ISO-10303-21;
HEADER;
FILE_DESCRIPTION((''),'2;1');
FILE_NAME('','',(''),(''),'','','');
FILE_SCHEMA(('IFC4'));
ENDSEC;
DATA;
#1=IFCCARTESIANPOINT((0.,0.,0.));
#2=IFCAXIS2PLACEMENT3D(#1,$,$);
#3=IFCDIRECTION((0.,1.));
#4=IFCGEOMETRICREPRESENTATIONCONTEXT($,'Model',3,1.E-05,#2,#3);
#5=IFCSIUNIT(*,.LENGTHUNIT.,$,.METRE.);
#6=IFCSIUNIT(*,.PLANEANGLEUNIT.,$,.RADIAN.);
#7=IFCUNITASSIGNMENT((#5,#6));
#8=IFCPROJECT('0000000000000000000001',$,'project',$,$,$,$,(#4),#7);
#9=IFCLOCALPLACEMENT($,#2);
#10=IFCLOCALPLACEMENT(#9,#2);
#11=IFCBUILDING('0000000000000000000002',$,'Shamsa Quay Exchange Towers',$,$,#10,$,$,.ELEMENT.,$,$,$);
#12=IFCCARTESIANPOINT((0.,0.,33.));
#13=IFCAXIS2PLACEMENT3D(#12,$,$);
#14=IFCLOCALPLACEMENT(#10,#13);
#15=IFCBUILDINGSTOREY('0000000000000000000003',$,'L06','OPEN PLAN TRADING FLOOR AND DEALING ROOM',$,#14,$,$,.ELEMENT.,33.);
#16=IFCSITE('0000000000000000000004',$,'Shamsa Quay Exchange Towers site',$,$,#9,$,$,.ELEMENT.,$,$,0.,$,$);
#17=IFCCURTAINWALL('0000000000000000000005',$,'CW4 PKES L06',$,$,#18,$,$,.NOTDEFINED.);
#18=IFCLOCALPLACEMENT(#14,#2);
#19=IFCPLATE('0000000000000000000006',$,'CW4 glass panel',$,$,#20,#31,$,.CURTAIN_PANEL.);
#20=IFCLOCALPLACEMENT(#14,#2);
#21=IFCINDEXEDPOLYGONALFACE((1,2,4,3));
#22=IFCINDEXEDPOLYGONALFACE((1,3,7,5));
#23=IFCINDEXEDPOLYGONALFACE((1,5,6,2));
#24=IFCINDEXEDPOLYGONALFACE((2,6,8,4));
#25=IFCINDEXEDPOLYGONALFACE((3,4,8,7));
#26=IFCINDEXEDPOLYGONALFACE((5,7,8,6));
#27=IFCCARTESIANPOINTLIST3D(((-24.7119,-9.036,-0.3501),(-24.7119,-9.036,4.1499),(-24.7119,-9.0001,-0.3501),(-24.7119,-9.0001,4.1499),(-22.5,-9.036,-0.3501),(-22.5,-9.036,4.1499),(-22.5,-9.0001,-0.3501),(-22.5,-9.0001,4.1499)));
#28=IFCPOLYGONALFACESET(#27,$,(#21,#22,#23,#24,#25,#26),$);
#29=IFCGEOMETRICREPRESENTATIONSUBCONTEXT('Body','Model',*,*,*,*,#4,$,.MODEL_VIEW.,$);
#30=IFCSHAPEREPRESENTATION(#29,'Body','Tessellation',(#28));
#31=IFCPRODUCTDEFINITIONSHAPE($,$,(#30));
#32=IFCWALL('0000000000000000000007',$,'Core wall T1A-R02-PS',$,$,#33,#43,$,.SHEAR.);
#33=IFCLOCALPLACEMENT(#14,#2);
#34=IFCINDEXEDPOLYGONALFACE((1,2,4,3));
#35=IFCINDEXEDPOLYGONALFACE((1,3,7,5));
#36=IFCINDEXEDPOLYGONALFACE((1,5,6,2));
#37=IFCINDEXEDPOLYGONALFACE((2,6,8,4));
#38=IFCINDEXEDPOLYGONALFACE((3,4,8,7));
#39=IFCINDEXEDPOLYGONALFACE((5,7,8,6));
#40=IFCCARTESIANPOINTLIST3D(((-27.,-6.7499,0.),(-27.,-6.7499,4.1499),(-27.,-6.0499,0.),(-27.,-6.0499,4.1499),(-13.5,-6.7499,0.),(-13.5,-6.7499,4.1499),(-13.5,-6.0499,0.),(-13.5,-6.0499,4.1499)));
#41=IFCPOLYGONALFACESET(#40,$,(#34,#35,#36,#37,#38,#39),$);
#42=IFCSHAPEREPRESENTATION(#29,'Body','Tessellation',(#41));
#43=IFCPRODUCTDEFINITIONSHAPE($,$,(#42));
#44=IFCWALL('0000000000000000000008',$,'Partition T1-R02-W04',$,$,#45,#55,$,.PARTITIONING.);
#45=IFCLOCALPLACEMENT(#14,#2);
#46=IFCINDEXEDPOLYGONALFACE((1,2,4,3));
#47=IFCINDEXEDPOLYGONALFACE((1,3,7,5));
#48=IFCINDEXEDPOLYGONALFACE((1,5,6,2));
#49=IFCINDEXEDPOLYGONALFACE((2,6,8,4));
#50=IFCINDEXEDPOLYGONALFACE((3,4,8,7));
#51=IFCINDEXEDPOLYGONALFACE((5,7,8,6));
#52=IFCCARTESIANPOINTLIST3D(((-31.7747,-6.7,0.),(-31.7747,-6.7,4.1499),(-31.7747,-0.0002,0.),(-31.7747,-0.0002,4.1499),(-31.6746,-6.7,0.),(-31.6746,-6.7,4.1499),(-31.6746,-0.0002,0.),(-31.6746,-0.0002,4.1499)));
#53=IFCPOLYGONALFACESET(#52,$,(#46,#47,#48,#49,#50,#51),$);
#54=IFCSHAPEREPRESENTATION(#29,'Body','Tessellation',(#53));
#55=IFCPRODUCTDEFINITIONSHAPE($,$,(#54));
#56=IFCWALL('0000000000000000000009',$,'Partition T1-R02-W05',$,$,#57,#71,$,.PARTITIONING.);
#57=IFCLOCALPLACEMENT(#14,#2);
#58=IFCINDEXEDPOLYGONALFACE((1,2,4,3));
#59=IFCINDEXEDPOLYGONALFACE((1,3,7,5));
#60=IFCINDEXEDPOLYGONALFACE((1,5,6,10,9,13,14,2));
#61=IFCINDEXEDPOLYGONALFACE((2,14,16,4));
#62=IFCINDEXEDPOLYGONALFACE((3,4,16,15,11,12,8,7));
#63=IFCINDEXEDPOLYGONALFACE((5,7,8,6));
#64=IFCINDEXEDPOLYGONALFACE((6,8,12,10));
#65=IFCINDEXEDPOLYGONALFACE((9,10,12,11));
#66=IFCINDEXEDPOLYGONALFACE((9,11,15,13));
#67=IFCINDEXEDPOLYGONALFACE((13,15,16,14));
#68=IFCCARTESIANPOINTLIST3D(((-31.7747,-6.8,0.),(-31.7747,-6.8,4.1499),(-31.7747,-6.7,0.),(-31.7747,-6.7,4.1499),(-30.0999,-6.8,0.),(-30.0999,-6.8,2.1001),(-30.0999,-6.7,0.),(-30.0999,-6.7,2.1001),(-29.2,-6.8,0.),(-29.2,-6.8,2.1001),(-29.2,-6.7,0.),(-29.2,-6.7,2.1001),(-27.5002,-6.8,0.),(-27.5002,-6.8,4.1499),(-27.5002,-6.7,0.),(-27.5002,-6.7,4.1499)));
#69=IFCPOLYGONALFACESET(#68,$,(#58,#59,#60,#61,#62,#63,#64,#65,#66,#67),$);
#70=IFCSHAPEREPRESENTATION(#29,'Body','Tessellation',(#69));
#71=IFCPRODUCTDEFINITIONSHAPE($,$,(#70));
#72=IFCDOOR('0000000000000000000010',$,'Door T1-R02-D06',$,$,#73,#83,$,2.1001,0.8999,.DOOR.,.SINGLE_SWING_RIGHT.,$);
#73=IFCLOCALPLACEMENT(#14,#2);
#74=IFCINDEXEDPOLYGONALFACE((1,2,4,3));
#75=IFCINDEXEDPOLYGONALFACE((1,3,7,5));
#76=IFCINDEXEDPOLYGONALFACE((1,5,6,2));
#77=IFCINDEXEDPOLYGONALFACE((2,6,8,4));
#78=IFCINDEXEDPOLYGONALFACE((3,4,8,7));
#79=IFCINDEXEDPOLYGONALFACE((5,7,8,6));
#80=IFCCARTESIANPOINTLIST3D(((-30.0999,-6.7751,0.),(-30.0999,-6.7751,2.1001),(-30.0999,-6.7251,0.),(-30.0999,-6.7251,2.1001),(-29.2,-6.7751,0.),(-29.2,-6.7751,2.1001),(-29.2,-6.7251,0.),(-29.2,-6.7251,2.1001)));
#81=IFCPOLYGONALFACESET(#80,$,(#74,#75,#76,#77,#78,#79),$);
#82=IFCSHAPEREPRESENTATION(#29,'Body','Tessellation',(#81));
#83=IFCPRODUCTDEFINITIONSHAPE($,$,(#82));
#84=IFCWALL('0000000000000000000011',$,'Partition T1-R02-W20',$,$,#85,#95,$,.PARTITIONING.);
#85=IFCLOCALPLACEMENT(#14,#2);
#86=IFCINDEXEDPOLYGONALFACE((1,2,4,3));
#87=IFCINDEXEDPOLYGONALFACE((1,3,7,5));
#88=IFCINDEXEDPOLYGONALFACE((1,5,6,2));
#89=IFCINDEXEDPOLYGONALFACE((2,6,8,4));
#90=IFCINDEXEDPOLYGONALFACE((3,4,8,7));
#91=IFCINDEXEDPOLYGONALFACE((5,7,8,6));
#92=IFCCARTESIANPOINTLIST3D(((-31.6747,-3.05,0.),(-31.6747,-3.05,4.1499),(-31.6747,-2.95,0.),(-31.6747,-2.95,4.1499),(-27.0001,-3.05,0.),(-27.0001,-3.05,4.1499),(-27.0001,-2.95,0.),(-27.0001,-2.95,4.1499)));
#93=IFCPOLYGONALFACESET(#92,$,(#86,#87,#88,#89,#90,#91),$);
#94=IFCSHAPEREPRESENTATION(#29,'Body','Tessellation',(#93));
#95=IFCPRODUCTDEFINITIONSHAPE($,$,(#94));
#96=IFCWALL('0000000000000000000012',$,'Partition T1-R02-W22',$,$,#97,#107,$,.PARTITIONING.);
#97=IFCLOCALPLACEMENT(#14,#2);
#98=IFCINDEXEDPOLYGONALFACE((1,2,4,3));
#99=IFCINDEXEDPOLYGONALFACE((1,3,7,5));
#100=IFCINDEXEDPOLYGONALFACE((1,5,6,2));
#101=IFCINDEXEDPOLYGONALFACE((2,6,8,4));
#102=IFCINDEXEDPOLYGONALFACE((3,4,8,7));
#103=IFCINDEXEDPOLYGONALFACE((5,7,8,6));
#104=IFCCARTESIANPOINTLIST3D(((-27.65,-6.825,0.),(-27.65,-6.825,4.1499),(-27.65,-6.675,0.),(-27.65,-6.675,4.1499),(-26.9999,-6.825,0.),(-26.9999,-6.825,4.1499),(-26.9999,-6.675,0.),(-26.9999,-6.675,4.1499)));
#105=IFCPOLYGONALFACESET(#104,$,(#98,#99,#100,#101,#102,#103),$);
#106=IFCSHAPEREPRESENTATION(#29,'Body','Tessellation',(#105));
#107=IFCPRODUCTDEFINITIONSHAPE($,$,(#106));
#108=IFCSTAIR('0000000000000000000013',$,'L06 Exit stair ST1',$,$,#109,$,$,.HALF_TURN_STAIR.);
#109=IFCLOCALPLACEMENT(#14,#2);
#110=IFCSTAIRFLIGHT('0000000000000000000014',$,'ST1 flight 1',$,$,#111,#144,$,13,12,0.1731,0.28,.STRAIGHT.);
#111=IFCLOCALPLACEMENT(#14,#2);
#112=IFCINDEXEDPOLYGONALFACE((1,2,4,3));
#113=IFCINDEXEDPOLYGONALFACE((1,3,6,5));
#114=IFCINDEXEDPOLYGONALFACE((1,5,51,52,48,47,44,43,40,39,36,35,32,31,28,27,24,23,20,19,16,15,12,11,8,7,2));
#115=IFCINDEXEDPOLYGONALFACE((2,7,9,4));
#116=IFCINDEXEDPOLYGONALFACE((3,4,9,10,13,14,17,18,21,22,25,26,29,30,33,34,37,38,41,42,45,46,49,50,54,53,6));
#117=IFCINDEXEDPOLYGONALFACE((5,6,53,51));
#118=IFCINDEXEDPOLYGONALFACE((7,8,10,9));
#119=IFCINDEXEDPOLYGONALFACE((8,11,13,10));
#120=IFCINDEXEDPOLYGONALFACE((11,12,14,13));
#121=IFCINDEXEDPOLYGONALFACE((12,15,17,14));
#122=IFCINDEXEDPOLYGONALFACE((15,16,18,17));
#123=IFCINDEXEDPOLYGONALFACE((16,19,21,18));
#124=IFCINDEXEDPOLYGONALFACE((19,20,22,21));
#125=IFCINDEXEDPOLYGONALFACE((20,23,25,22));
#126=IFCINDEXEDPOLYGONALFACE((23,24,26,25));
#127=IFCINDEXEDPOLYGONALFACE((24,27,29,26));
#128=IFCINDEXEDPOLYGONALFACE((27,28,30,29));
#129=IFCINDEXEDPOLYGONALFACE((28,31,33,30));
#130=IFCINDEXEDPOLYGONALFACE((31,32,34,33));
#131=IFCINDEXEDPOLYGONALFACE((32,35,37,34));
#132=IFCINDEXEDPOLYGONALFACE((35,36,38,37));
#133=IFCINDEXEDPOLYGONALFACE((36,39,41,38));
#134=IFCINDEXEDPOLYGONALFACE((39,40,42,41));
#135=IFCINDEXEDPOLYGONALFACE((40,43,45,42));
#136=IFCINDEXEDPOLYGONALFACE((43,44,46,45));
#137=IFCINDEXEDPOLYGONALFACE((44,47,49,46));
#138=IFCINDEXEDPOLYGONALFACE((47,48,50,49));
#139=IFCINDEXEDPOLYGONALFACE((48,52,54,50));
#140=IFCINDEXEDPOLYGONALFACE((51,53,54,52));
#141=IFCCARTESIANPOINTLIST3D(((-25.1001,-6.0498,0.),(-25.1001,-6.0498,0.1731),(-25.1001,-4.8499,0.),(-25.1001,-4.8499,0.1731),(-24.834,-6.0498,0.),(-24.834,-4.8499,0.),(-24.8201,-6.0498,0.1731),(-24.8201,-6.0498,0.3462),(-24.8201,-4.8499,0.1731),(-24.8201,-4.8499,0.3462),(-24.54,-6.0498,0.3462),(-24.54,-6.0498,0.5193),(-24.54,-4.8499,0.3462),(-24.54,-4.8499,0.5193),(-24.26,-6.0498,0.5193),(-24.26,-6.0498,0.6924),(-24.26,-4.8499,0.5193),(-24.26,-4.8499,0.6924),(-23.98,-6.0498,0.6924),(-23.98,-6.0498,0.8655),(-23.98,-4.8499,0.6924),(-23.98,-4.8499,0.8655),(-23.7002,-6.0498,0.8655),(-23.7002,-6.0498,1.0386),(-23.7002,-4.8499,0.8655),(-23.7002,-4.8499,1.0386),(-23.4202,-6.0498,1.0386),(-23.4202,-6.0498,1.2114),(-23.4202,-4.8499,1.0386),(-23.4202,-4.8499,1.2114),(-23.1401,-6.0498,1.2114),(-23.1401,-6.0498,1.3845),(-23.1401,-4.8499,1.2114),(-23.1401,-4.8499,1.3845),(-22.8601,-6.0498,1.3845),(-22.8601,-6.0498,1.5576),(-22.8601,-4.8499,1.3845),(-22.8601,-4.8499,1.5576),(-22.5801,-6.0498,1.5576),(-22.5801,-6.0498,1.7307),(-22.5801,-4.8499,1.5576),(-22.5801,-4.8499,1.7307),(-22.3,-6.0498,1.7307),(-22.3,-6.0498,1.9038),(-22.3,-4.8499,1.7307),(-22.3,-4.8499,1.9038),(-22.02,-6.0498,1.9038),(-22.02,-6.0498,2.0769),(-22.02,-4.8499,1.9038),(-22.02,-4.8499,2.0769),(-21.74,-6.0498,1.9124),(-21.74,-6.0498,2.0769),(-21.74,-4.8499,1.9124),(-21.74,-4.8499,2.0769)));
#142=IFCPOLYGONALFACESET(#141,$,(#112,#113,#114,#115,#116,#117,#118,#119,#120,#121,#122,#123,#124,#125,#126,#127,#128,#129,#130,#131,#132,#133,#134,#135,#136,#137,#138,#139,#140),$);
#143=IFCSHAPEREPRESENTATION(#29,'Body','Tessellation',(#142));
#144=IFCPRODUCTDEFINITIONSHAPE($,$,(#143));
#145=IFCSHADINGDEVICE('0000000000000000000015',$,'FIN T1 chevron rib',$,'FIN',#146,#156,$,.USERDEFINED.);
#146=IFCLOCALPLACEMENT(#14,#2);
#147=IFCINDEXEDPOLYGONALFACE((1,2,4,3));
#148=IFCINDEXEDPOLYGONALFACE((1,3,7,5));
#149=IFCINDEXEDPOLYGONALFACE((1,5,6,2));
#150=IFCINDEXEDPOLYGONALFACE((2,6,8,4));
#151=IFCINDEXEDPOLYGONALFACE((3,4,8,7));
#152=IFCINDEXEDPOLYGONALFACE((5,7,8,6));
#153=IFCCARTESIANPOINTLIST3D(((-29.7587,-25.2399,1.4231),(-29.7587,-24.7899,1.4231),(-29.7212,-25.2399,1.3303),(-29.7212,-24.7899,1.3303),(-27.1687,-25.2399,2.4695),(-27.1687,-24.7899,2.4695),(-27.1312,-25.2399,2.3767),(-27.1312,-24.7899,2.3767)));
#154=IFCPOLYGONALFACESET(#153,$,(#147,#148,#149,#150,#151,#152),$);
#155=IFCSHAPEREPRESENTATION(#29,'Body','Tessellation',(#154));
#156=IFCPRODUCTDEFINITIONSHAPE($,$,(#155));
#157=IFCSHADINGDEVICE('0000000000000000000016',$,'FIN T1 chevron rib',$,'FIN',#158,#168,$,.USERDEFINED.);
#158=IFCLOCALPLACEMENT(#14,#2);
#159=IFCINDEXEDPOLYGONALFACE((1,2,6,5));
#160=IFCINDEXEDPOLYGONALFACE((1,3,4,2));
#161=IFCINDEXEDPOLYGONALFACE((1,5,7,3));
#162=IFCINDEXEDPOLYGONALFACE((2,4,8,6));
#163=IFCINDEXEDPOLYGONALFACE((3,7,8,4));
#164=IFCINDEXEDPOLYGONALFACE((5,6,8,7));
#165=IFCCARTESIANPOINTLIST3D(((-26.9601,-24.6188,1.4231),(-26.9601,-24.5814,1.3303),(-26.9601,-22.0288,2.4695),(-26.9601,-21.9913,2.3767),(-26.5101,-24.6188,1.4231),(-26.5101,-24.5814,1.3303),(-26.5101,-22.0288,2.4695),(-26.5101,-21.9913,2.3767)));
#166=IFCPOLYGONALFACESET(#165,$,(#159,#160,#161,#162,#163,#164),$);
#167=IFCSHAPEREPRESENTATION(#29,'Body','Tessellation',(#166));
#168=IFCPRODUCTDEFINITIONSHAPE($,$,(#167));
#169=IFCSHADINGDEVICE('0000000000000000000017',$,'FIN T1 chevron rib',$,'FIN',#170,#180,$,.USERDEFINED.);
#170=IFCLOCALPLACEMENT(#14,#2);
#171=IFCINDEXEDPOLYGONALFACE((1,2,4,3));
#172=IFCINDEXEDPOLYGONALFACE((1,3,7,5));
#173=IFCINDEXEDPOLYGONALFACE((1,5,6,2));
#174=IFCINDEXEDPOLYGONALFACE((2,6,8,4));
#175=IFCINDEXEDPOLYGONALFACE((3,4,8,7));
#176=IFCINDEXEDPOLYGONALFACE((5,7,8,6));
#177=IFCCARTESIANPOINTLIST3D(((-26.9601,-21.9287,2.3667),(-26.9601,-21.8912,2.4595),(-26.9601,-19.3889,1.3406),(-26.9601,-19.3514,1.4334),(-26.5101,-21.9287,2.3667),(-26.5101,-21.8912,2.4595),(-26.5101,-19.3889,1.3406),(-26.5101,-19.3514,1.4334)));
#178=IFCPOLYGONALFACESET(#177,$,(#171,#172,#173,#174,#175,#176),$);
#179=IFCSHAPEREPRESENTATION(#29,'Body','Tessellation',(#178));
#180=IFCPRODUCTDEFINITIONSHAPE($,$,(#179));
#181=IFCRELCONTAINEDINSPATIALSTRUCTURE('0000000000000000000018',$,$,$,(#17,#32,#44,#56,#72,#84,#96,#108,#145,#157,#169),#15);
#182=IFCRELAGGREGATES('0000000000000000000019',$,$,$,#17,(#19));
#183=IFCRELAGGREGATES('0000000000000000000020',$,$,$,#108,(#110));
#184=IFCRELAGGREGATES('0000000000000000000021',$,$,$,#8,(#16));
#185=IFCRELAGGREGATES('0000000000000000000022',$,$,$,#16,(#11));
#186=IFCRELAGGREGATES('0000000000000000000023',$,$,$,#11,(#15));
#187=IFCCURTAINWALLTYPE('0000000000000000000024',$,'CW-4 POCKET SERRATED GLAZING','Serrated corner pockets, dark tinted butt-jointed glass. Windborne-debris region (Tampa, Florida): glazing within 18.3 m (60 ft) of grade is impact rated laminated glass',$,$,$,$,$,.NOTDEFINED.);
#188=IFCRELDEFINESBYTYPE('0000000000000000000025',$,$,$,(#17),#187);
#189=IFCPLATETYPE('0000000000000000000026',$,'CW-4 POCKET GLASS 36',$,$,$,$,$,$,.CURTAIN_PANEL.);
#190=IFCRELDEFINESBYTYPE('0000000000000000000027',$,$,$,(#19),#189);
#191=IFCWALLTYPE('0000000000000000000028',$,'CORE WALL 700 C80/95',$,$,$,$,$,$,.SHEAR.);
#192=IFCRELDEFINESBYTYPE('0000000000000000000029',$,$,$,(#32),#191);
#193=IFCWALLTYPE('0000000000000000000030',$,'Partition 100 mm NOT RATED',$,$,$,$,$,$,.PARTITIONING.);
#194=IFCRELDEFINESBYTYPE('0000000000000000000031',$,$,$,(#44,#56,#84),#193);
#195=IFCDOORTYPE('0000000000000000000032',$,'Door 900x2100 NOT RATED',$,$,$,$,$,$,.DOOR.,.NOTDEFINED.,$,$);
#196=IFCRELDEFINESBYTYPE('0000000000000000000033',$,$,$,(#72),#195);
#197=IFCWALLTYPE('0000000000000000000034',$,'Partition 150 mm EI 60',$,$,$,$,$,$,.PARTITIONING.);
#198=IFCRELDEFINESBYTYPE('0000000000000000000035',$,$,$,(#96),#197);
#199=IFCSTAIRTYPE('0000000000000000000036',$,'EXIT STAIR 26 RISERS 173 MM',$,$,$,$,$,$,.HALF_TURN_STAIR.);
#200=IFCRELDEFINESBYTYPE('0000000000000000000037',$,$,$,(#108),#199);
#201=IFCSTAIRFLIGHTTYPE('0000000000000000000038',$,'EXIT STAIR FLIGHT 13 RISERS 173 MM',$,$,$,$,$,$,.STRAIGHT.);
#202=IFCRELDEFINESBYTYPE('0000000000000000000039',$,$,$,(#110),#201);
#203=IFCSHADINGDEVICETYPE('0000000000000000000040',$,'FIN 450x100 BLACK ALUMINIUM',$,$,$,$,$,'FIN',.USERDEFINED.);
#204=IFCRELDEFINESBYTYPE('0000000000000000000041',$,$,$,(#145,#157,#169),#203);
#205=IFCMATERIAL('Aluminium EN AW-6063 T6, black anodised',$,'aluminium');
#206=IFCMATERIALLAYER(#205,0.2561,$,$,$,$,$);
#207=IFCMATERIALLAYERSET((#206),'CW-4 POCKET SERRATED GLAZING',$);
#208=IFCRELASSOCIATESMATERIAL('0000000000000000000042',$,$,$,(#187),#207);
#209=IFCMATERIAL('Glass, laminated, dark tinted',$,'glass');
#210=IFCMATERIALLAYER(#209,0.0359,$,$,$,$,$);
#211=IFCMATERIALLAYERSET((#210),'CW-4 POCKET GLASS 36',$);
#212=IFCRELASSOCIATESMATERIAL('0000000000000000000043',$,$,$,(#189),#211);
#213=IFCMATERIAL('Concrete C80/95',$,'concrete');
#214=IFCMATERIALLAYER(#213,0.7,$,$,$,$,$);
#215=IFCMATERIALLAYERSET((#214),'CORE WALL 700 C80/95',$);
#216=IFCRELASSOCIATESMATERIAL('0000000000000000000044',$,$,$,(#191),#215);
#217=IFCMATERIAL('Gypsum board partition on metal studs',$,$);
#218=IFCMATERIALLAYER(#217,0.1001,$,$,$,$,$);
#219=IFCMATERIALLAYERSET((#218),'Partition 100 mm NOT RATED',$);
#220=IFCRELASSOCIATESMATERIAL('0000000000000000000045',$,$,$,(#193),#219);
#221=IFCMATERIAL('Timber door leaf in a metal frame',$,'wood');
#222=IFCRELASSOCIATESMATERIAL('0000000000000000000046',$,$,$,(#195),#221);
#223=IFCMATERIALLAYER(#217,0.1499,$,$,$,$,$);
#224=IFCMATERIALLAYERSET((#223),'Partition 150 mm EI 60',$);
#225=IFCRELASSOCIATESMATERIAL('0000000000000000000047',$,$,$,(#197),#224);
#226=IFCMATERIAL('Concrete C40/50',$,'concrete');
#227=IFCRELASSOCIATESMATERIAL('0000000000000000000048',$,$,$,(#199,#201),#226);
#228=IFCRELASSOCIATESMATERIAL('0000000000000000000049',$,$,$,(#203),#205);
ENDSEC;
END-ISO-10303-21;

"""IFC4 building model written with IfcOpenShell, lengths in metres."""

from ifc_helpers import new_model, si_unit, direction, frame, frame_2d, origin, origin_2d, place, context, subcontext, project, spatial, polyline, rectangle, outline, extrude, material, layer, layer_set, material_profile, profile_set, type_object, element, fill, aggregate, save


model = new_model("IFC4")

# Units and contexts
model_context = context("Model", 3, precision=1e-05, world=origin(), true_north=direction((0.0, 1.0)))
body_context = subcontext(model_context, "Body", "Model", "MODEL_VIEW")
ifc_project = project(units=[si_unit("LENGTHUNIT", "METRE"), si_unit("PLANEANGLEUNIT", "RADIAN")], contexts=[model_context])

# Site, building, storey
site_placement = place(None, origin())
site = spatial("IfcSite", under=ifc_project, at=site_placement, Name="Shamsa Quay Exchange Towers site", CompositionType="ELEMENT", RefElevation=0.0)
building_placement = place(site_placement, origin())
building = spatial("IfcBuilding", under=site, at=building_placement, Name="Shamsa Quay Exchange Towers", CompositionType="ELEMENT")
storey_placement = place(building_placement, frame((0.0, 0.0, 33.0)))
storey = spatial("IfcBuildingStorey", under=building, at=storey_placement, Name="L06", Description="OPEN PLAN TRADING FLOOR AND DEALING ROOM", CompositionType="ELEMENT", Elevation=33.0)

# Shared definitions
ifc_material_1 = material(Name="Aluminium EN AW-6063 T6, black anodised", Category="aluminium")

# Shared definitions
ifc_material_2 = material(Name="Glass, laminated, dark tinted", Category="glass")

# Curtain wall, plate
ifc_layer_1 = layer(ifc_material_1, 0.2561)
ifc_layer_set_1 = layer_set([ifc_layer_1], Name="CW-4 POCKET SERRATED GLAZING")
curtain_wall_type_1 = type_object("IfcCurtainWallType", Name="CW-4 POCKET SERRATED GLAZING", Description="Serrated corner pockets, dark tinted butt-jointed glass. Windborne-debris region (Tampa, Florida): glazing within 18.3 m (60 ft) of grade is impact rated laminated glass", PredefinedType="NOTDEFINED", material=ifc_layer_set_1)
curtain_wall_1_placement = place(storey_placement, origin())
curtain_wall_1 = element("IfcCurtainWall", 1, at=curtain_wall_1_placement, inside=storey, type_object=curtain_wall_type_1, Name="CW4 PKES L06", PredefinedType="NOTDEFINED")
ifc_layer_2 = layer(ifc_material_2, 0.0359)
ifc_layer_set_2 = layer_set([ifc_layer_2], Name="CW-4 POCKET GLASS 36")
plate_type_1 = type_object("IfcPlateType", Name="CW-4 POCKET GLASS 36", PredefinedType="CURTAIN_PANEL", material=ifc_layer_set_2)
plate_1_placement = place(storey_placement, frame((-23.606, -9.0181, -0.3501)))
plate_1 = element("IfcPlate", 2, at=plate_1_placement, type_object=plate_type_1, Name="CW4 glass panel", PredefinedType="CURTAIN_PANEL", context=body_context, shape_type="SweptSolid", body=[
    extrude(rectangle(XDim=2.2119, YDim=0.0359, at=origin_2d()), origin(), (0.0, 0.0, 1.0), 4.5),
])
aggregate(curtain_wall_1, [plate_1])

# Walls
ifc_material_3 = material(Name="Concrete C80/95", Category="concrete")
ifc_layer_3 = layer(ifc_material_3, 0.7)
ifc_layer_set_3 = layer_set([ifc_layer_3], Name="CORE WALL 700 C80/95")
wall_type_1 = type_object("IfcWallType", Name="CORE WALL 700 C80/95", PredefinedType="SHEAR", material=ifc_layer_set_3)
wall_1_placement = place(storey_placement, frame((-27.0, -6.3999, 0.0)))
element("IfcWall", 3, at=wall_1_placement, inside=storey, type_object=wall_type_1, Name="Core wall T1A-R02-PS", PredefinedType="SHEAR", context=body_context, shape_type="SweptSolid", body=[
    extrude(rectangle(XDim=13.5, YDim=0.7, at=frame_2d((6.75, 0.0))), origin(), (0.0, 0.0, 1.0), 4.1499),
])
ifc_material_4 = material(Name="Gypsum board partition on metal studs")
ifc_layer_4 = layer(ifc_material_4, 0.1001)
ifc_layer_set_4 = layer_set([ifc_layer_4], Name="Partition 100 mm NOT RATED")
wall_type_2 = type_object("IfcWallType", Name="Partition 100 mm NOT RATED", PredefinedType="PARTITIONING", material=ifc_layer_set_4)
wall_2_placement = place(storey_placement, frame((-31.7246, -0.0002, 0.0), z_axis=(0.0, 0.0, 1.0), x_axis=(0.0, -1.0, 0.0)))
element("IfcWall", 4, at=wall_2_placement, inside=storey, type_object=wall_type_2, Name="Partition T1-R02-W04", PredefinedType="PARTITIONING", context=body_context, shape_type="SweptSolid", body=[
    extrude(rectangle(XDim=6.6997, YDim=0.1001, at=frame_2d((3.3499, 0.0))), origin(), (0.0, 0.0, 1.0), 4.1499),
])

# Wall, opening, door
wall_3_placement = place(storey_placement, frame((-31.7747, -6.75, 0.0)))
wall_3 = element("IfcWall", 5, at=wall_3_placement, inside=storey, type_object=wall_type_2, Name="Partition T1-R02-W05", PredefinedType="PARTITIONING", context=body_context, shape_type="SweptSolid", body=[
    extrude(rectangle(XDim=4.2744, YDim=0.1001, at=frame_2d((2.1372, 0.0))), origin(), (0.0, 0.0, 1.0), 4.1499),
])
opening_1_placement = place(wall_3_placement, frame((1.6748, 0.0, 0.0)))
opening_1 = element("IfcOpeningElement", 6, at=opening_1_placement, cuts=wall_3, PredefinedType="OPENING", context=body_context, shape_type="SweptSolid", body=[
    extrude(rectangle(XDim=0.8999, YDim=2.1001, at=frame_2d((0.45, 1.05))), frame((0.0, 0.0601, 0.0), z_axis=(0.0, -1.0, 0.0), x_axis=(1.0, 0.0, 0.0)), (0.0, 0.0, 1.0), 0.1201),
])
ifc_material_5 = material(Name="Timber door leaf in a metal frame", Category="wood")
door_type_1 = type_object("IfcDoorType", Name="Door 900x2100 NOT RATED", OperationType="NOTDEFINED", PredefinedType="DOOR", material=ifc_material_5)
door_1_placement = place(opening_1_placement, origin())
door_1 = element("IfcDoor", 7, at=door_1_placement, inside=storey, type_object=door_type_1, Name="Door T1-R02-D06", OperationType="SINGLE_SWING_RIGHT", OverallHeight=2.1001, OverallWidth=0.8999, PredefinedType="DOOR", context=body_context, shape_type="SweptSolid", body=[
    extrude(rectangle(XDim=0.8999, YDim=2.1001, at=frame_2d((0.45, 1.05))), frame((0.0, 0.0249, 0.0), z_axis=(0.0, -1.0, 0.0), x_axis=(1.0, 0.0, 0.0)), (0.0, 0.0, 1.0), 0.05),
])
fill(opening_1, door_1)

# Wall
wall_4_placement = place(storey_placement, frame((-27.0, -3.0, 0.0), z_axis=(0.0, 0.0, 1.0), x_axis=(-1.0, 0.0, 0.0)))
element("IfcWall", 8, at=wall_4_placement, inside=storey, type_object=wall_type_2, Name="Partition T1-R02-W20", PredefinedType="PARTITIONING", context=body_context, shape_type="SweptSolid", body=[
    extrude(rectangle(XDim=4.6746, YDim=0.1001, at=frame_2d((2.3374, 0.0))), origin(), (0.0, 0.0, 1.0), 4.1499),
])

# Shared definitions
ifc_layer_5 = layer(ifc_material_4, 0.1499)
ifc_layer_set_5 = layer_set([ifc_layer_5], Name="Partition 150 mm EI 60")
wall_type_3 = type_object("IfcWallType", Name="Partition 150 mm EI 60", PredefinedType="PARTITIONING", material=ifc_layer_set_5)

# Wall
wall_5_placement = place(storey_placement, frame((-27.6501, -6.75, 0.0)))
element("IfcWall", 9, at=wall_5_placement, inside=storey, type_object=wall_type_3, Name="Partition T1-R02-W22", PredefinedType="PARTITIONING", context=body_context, shape_type="SweptSolid", body=[
    extrude(rectangle(XDim=0.6501, YDim=0.1499, at=frame_2d((0.3252, 0.0))), origin(), (0.0, 0.0, 1.0), 4.1499),
])

# Stair, stair flight
ifc_material_6 = material(Name="Concrete C40/50", Category="concrete")
stair_type = type_object("IfcStairType", Name="EXIT STAIR 26 RISERS 173 MM", PredefinedType="HALF_TURN_STAIR", material=ifc_material_6)
stair_placement = place(storey_placement, origin())
stair = element("IfcStair", 10, at=stair_placement, inside=storey, type_object=stair_type, Name="L06 Exit stair ST1", PredefinedType="HALF_TURN_STAIR")
stair_flight_type = type_object("IfcStairFlightType", Name="EXIT STAIR FLIGHT 13 RISERS 173 MM", PredefinedType="STRAIGHT", material=ifc_material_6)
stair_flight_placement = place(storey_placement, frame((-25.1001, -5.45, 0.0)))
stair_flight = element("IfcStairFlight", 11, at=stair_flight_placement, type_object=stair_flight_type, Name="ST1 flight 1", NumberOfRisers=13, NumberOfTreads=12, PredefinedType="STRAIGHT", RiserHeight=0.1731, TreadLength=0.28, context=body_context, shape_type="SweptSolid", body=[
    extrude(outline(polyline([(0.0, 0.0), (0.0, 0.1731), (0.28, 0.1731), (0.28, 0.3462), (0.5601, 0.3462), (0.5601, 0.5193), (0.8401, 0.5193), (0.8401, 0.6924), (1.1201, 0.6924), (1.1201, 0.8655), (1.3999, 0.8655), (1.3999, 1.0386), (1.6799, 1.0386), (1.6799, 1.2114), (1.96, 1.2114), (1.96, 1.3845), (2.24, 1.3845), (2.24, 1.5576), (2.52, 1.5576), (2.52, 1.7307), (2.8, 1.7307), (2.8, 1.9038), (3.0801, 1.9038), (3.0801, 2.0769), (3.3601, 2.0769), (3.3601, 2.25), (3.3601, 1.9124), (0.2661, 0.0), (0.0, 0.0)])), frame((0.0, 0.6001, 0.0), z_axis=(0.0, -1.0, 0.0), x_axis=(1.0, 0.0, 0.0)), (0.0, 0.0, 1.0), 1.2),
])
aggregate(stair, [stair_flight])

# Shading devices
ifc_material_profile_1 = material_profile(ifc_material_1, rectangle(XDim=0.45, YDim=0.1001, at=origin_2d()), Name="FIN450x100")
ifc_profile_set_1 = profile_set([ifc_material_profile_1], Name="Aluminium EN AW-6063 T6, black anodised")
shading_device_type = type_object("IfcShadingDeviceType", Name="FIN 450x100 BLACK ALUMINIUM", ElementType="FIN", PredefinedType="USERDEFINED", material=ifc_profile_set_1)
for number, where, z_axis, x_axis, name in (
    (12, (-29.74, -25.0149, 1.3767), (0.927193, 0.0, 0.374583), (0.0, 1.0, 0.0), "FIN T1 chevron rib"),
    (13, (-26.7351, -24.6001, 1.3767), (0.0, 0.927193, 0.374583), (-1.0, 0.0, 0.0), "FIN T1 chevron rib"),
):
    element("IfcShadingDevice", number, at=place(storey_placement, frame(where, z_axis=z_axis, x_axis=x_axis)), inside=storey, type_object=shading_device_type, Name=name, ObjectType="FIN", PredefinedType="USERDEFINED", context=body_context, shape_type="SweptSolid", body=[
        extrude(rectangle(XDim=0.45, YDim=0.1001, at=origin_2d()), origin(), (0.0, 0.0, 1.0), 2.7935),
    ])
shading_device_1_placement = place(storey_placement, frame((-26.7351, -21.9099, 2.4131), z_axis=(0.0, 0.927186, -0.3746), x_axis=(-1.0, 0.0, 0.0)))
element("IfcShadingDevice", 14, at=shading_device_1_placement, inside=storey, type_object=shading_device_type, Name="FIN T1 chevron rib", ObjectType="FIN", PredefinedType="USERDEFINED", context=body_context, shape_type="SweptSolid", body=[
    extrude(rectangle(XDim=0.45, YDim=0.1001, at=origin_2d()), origin(), (0.0, 0.0, 1.0), 2.7393),
])

save(model, "model.ifc")
